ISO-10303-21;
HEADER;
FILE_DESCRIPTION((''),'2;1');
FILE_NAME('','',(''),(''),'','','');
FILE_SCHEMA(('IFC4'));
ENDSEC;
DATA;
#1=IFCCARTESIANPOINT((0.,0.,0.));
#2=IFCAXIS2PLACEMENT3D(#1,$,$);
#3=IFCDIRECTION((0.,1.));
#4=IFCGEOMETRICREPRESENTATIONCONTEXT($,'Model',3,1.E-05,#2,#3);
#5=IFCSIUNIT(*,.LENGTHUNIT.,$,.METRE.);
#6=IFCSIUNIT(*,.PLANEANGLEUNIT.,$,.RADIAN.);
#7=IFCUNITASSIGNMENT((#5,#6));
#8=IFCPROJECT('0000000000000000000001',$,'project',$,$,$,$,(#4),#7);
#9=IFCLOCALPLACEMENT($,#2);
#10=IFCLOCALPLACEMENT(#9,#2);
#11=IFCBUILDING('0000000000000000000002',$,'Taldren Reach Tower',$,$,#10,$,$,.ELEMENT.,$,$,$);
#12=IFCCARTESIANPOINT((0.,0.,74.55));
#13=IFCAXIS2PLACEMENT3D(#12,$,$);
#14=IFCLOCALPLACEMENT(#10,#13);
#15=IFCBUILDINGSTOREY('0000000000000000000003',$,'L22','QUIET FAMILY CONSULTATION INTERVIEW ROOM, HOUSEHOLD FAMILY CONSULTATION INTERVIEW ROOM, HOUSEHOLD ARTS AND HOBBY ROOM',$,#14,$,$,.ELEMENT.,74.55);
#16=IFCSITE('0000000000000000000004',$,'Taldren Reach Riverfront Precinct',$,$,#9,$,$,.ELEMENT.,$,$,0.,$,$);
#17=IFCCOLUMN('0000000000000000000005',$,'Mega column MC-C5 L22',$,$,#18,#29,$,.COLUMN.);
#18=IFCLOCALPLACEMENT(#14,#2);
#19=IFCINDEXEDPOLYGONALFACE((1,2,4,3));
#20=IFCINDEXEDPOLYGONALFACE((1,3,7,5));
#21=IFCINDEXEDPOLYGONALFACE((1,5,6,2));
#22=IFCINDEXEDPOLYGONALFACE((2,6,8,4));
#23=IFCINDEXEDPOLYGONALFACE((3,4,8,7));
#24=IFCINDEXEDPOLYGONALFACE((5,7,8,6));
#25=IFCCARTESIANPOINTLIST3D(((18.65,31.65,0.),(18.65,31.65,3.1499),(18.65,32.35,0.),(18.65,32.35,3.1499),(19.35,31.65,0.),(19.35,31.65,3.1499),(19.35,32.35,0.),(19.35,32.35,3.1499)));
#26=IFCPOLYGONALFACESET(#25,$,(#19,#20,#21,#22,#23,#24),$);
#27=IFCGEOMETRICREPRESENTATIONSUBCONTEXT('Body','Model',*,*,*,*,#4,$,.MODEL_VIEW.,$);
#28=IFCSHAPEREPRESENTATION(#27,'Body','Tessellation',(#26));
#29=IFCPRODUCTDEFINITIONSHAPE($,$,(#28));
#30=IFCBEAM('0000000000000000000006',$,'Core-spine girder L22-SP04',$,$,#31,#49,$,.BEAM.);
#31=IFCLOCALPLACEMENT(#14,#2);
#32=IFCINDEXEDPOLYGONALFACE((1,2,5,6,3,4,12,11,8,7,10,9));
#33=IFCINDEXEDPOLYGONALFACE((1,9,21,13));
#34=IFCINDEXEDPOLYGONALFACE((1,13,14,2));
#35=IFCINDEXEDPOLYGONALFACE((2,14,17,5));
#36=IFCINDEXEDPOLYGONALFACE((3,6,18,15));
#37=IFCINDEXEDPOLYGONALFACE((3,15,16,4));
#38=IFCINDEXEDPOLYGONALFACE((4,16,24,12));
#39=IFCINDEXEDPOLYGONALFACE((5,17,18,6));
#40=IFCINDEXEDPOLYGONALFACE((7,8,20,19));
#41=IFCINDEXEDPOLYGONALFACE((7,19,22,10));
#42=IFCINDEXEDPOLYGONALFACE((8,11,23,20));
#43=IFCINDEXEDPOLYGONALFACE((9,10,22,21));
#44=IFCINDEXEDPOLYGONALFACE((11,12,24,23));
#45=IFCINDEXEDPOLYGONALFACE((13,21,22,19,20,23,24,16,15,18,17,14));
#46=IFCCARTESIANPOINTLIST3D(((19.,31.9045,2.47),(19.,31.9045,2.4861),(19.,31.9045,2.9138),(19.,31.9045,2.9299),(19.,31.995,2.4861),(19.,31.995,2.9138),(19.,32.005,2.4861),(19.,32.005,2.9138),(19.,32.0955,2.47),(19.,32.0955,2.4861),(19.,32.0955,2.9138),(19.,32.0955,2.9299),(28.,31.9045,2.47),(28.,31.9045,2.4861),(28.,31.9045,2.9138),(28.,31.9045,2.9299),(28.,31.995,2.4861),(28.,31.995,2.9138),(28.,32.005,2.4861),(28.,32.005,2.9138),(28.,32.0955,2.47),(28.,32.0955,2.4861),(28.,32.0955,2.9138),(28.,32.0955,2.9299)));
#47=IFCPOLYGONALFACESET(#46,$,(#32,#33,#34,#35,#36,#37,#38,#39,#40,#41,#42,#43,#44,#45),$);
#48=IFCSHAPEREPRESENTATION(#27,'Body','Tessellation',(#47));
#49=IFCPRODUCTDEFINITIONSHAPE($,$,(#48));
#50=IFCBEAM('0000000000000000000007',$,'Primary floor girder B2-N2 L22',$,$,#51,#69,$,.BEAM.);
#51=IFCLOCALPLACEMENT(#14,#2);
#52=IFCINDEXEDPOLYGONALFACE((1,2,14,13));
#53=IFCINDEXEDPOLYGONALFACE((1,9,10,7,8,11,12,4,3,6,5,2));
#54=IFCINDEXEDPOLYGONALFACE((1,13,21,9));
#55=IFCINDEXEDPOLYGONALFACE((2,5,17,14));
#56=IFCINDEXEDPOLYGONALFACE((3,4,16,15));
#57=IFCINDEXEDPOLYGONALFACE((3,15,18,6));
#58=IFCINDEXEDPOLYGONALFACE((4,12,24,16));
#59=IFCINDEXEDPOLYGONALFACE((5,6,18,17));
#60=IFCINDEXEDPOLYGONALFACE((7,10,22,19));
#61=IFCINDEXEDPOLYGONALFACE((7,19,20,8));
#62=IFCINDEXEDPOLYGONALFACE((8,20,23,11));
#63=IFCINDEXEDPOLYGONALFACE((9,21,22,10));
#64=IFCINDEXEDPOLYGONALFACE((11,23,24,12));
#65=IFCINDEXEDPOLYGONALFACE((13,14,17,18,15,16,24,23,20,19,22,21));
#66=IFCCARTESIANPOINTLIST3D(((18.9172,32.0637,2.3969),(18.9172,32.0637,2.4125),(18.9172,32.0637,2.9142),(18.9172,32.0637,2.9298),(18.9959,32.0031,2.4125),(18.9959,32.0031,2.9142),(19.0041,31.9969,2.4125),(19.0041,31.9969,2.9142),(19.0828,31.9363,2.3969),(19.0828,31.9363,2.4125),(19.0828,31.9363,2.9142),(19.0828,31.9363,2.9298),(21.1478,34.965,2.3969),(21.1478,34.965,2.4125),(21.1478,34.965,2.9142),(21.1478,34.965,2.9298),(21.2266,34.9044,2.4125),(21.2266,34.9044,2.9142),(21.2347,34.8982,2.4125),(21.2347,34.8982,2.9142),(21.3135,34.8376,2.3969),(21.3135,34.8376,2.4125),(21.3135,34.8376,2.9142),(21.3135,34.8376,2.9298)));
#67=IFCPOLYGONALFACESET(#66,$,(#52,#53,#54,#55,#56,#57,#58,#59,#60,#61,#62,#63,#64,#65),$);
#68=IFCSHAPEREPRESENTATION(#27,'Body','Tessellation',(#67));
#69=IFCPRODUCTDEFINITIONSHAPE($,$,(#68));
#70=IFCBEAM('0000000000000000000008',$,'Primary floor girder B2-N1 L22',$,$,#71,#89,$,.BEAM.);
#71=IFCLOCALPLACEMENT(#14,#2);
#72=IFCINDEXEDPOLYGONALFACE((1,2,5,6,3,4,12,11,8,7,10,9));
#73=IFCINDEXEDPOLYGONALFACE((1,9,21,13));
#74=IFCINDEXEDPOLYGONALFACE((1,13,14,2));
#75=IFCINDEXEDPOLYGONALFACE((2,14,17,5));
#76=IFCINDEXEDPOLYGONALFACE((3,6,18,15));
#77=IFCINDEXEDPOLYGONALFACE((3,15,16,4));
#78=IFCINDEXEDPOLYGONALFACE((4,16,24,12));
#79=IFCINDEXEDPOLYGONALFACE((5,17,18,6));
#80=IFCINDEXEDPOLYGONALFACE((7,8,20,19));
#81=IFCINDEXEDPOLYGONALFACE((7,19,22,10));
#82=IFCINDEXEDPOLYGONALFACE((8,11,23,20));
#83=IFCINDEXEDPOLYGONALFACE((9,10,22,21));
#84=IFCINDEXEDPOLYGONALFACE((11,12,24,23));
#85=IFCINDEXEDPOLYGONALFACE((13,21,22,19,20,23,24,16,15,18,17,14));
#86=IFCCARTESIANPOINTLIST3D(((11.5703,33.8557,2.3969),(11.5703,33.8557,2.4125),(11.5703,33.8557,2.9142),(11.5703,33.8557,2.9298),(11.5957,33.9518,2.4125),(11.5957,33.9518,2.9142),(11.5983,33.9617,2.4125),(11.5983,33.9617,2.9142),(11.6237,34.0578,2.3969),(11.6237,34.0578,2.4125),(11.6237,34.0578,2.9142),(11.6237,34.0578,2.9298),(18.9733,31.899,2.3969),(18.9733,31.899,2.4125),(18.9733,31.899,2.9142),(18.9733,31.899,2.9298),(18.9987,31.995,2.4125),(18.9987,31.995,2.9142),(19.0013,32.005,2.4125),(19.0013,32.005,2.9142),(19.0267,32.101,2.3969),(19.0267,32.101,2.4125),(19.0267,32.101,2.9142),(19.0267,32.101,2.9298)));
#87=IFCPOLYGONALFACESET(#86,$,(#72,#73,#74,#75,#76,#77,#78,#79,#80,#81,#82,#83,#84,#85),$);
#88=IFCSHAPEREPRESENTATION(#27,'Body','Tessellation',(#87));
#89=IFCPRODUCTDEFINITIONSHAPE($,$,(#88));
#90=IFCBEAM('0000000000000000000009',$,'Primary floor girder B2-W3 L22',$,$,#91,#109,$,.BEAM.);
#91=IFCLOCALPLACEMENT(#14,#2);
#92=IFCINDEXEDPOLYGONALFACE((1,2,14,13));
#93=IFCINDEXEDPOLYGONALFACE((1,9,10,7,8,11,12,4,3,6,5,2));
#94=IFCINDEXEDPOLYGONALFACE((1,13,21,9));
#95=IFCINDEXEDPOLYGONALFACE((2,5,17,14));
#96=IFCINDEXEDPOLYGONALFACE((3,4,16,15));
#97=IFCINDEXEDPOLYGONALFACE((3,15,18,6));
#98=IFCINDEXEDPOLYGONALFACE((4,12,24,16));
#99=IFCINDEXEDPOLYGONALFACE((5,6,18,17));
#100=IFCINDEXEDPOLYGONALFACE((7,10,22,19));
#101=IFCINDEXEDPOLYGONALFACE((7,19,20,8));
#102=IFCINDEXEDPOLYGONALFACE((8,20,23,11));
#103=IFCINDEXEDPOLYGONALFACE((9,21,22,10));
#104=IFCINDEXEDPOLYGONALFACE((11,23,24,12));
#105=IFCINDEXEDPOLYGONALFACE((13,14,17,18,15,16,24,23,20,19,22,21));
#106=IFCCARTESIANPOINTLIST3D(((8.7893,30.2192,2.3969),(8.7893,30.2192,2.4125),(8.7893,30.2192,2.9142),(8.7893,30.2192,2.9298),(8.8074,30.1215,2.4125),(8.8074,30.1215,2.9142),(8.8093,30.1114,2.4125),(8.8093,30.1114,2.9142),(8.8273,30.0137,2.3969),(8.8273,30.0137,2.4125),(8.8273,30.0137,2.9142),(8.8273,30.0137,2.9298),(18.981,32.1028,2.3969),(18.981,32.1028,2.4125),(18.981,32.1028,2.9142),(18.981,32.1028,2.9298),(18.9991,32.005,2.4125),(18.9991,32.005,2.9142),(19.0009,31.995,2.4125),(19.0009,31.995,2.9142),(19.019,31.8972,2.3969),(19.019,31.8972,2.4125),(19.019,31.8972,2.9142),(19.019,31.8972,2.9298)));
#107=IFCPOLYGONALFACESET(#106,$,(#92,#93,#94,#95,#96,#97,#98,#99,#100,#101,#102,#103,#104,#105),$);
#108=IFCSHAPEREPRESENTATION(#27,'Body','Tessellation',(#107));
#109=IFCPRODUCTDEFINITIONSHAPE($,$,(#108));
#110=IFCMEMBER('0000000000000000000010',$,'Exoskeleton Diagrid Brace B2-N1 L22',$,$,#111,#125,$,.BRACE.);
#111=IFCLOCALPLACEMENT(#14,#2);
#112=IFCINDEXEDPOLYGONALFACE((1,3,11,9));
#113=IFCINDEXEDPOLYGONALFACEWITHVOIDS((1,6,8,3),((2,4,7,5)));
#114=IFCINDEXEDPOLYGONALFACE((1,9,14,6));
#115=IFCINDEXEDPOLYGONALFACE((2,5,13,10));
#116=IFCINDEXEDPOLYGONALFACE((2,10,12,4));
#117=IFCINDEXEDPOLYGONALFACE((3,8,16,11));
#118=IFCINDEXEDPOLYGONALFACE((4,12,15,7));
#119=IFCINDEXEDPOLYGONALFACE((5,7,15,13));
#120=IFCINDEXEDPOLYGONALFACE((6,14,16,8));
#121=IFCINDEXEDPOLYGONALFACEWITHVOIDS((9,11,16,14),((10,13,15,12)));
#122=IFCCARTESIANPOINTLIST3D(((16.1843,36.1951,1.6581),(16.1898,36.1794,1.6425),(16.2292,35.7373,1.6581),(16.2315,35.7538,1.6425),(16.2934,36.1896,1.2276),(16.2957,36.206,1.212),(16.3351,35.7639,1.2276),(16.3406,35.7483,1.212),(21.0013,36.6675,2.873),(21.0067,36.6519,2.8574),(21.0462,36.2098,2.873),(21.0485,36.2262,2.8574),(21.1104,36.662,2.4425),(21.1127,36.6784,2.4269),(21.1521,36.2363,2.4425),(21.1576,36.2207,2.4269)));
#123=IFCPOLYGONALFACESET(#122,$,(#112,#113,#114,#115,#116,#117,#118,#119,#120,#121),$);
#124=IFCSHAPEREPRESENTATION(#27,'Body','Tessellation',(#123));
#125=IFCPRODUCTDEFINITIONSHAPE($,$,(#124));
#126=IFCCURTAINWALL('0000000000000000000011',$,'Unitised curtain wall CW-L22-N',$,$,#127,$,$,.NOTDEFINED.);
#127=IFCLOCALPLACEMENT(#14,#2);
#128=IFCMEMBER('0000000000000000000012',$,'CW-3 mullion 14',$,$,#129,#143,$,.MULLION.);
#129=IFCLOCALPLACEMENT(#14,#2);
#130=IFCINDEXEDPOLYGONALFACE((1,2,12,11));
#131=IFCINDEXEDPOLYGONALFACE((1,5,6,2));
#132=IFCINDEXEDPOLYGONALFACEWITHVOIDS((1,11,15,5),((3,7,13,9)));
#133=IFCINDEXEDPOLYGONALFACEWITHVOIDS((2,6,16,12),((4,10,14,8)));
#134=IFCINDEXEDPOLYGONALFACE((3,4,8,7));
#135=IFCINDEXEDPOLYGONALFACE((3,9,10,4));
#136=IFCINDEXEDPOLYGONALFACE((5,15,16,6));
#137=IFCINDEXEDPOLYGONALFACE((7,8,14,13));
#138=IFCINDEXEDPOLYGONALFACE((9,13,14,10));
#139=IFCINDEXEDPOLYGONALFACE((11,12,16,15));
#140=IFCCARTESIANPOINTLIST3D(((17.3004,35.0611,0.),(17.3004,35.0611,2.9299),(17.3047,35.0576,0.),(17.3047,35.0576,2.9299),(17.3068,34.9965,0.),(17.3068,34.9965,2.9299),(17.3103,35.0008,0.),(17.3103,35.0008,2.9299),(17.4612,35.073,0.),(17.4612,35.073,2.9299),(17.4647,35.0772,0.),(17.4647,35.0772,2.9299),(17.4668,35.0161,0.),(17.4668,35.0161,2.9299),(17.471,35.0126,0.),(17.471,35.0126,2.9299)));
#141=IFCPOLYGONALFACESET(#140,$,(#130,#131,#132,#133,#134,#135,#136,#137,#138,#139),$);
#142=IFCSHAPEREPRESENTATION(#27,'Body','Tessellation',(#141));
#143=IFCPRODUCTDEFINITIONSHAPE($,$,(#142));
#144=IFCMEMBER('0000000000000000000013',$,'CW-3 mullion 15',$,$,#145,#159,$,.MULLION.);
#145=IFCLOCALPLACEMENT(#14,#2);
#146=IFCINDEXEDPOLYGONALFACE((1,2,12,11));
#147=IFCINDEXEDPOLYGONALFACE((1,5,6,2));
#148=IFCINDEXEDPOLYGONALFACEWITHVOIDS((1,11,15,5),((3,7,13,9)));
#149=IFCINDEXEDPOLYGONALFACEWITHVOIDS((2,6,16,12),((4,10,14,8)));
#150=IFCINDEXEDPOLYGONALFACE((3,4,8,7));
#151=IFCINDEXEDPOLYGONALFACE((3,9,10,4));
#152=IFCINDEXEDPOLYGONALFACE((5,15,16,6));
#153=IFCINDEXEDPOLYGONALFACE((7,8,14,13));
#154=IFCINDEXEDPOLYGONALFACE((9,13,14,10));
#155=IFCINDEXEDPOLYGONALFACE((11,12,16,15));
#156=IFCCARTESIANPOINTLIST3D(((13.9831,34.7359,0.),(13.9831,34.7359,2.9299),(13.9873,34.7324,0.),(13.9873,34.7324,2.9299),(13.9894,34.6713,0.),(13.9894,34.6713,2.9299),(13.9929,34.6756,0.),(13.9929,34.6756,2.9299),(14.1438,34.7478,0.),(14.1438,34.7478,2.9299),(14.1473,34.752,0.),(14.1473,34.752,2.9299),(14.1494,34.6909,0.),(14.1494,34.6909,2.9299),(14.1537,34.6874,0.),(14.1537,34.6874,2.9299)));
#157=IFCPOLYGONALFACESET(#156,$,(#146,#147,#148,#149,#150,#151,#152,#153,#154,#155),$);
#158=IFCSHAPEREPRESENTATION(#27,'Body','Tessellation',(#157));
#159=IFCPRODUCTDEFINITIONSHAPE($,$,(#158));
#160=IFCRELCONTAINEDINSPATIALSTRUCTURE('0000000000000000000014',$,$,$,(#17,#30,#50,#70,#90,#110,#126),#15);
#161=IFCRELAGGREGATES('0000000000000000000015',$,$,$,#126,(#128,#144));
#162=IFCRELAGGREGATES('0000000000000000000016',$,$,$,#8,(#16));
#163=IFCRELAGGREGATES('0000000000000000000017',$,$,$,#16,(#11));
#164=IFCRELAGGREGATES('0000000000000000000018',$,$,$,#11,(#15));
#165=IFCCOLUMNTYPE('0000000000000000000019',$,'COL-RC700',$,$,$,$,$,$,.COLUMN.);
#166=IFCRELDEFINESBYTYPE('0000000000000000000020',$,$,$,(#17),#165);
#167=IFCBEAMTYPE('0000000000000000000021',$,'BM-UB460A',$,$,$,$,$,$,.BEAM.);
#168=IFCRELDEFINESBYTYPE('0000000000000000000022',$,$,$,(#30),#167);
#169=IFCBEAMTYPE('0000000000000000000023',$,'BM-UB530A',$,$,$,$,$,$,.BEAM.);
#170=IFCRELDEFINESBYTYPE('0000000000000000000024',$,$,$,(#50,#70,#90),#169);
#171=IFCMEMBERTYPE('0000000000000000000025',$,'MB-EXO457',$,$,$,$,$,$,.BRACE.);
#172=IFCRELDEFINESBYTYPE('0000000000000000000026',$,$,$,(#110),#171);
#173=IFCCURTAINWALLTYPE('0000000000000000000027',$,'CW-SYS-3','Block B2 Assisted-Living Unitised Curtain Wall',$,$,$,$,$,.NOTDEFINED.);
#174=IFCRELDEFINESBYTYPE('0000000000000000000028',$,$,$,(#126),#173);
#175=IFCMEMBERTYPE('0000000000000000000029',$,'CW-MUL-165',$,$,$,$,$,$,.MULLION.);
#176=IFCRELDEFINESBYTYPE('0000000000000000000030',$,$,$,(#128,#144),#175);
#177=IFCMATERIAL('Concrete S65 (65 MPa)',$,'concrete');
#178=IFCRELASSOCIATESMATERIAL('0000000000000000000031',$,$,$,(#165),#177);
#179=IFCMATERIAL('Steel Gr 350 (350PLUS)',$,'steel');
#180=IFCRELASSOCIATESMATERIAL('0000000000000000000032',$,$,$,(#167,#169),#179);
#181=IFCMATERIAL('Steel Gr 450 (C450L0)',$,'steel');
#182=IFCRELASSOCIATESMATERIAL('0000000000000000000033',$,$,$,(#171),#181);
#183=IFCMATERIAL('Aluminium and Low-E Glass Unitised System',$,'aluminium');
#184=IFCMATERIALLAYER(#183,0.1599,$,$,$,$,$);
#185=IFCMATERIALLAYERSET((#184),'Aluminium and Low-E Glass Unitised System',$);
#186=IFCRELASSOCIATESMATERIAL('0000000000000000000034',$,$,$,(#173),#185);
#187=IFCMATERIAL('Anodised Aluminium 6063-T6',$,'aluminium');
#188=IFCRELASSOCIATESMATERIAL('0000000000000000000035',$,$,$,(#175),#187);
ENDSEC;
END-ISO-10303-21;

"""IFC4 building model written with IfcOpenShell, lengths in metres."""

from ifc_helpers import new_model, si_unit, direction, frame, origin, origin_2d, place, context, subcontext, project, spatial, rectangle, hollow_rectangle, i_section, extrude, source, transform, mapped, material, layer, layer_set, material_profile, profile_set, type_object, element, aggregate, save


model = new_model("IFC4")

# Units and contexts
model_context = context("Model", 3, precision=1e-05, world=origin(), true_north=direction((0.0, 1.0)))
body_context = subcontext(model_context, "Body", "Model", "MODEL_VIEW")
ifc_project = project(units=[si_unit("LENGTHUNIT", "METRE"), si_unit("PLANEANGLEUNIT", "RADIAN")], contexts=[model_context])

# Site, building, storey
site_placement = place(None, origin())
site = spatial("IfcSite", under=ifc_project, at=site_placement, Name="Taldren Reach Riverfront Precinct", CompositionType="ELEMENT", RefElevation=0.0)
building_placement = place(site_placement, origin())
building = spatial("IfcBuilding", under=site, at=building_placement, Name="Taldren Reach Tower", CompositionType="ELEMENT")
storey_placement = place(building_placement, frame((0.0, 0.0, 74.55)))
storey = spatial("IfcBuildingStorey", under=building, at=storey_placement, Name="L22", Description="QUIET FAMILY CONSULTATION INTERVIEW ROOM, HOUSEHOLD FAMILY CONSULTATION INTERVIEW ROOM, HOUSEHOLD ARTS AND HOBBY ROOM", CompositionType="ELEMENT", Elevation=74.55)

# Column
ifc_material_1 = material(Name="Concrete S65 (65 MPa)", Category="concrete")
ifc_material_profile_1 = material_profile(ifc_material_1, rectangle(XDim=0.7, YDim=0.7, at=origin_2d()), Name="RC-700x700")
ifc_profile_set_1 = profile_set([ifc_material_profile_1], Name="Concrete S65 (65 MPa)")
column_type = type_object("IfcColumnType", Name="COL-RC700", PredefinedType="COLUMN", material=ifc_profile_set_1)
shared_shape_1 = source(origin(), body_context, "Body", "SweptSolid", [
    extrude(rectangle(XDim=0.7, YDim=0.7, at=origin_2d()), origin(), (0.0, 0.0, 1.0), 3.1499),
])
column_placement = place(storey_placement, frame((19.0, 32.0, 0.0), z_axis=(0.0, 0.0, 1.0), x_axis=(1.0, 0.0, 0.0)))
element("IfcColumn", 1, at=column_placement, inside=storey, type_object=column_type, Name="Mega column MC-C5 L22", PredefinedType="COLUMN", context=body_context, shape_type="MappedRepresentation", body=[
    mapped(shared_shape_1, transform((0.0, 0.0, 0.0), scale=1.0)),
])

# Beams
ifc_material_2 = material(Name="Steel Gr 350 (350PLUS)", Category="steel")
ifc_material_profile_2 = material_profile(ifc_material_2, i_section(OverallWidth=0.1909, OverallDepth=0.46, WebThickness=0.01, FlangeThickness=0.0161, at=origin_2d()), Name="460UB82.1")
ifc_profile_set_2 = profile_set([ifc_material_profile_2], Name="Steel Gr 350 (350PLUS)")
beam_type_1 = type_object("IfcBeamType", Name="BM-UB460A", PredefinedType="BEAM", material=ifc_profile_set_2)
shared_shape_2 = source(origin(), body_context, "Body", "SweptSolid", [
    extrude(i_section(OverallWidth=0.1909, OverallDepth=0.46, WebThickness=0.01, FlangeThickness=0.0161, at=origin_2d()), origin(), (0.0, 0.0, 1.0), 9.0),
])
beam_1_placement = place(storey_placement, frame((19.0, 32.0, 2.7), z_axis=(1.0, 0.0, 0.0), x_axis=(0.0, 1.0, 0.0)))
element("IfcBeam", 2, at=beam_1_placement, inside=storey, type_object=beam_type_1, Name="Core-spine girder L22-SP04", PredefinedType="BEAM", context=body_context, shape_type="MappedRepresentation", body=[
    mapped(shared_shape_2, transform((0.0, 0.0, 0.0), scale=1.0)),
])
ifc_material_profile_3 = material_profile(ifc_material_2, i_section(OverallWidth=0.209, OverallDepth=0.533, WebThickness=0.0103, FlangeThickness=0.0156, at=origin_2d()), Name="530UB92.4")
ifc_profile_set_3 = profile_set([ifc_material_profile_3], Name="Steel Gr 350 (350PLUS)")
beam_type_2 = type_object("IfcBeamType", Name="BM-UB530A", PredefinedType="BEAM", material=ifc_profile_set_3)
shared_shape_3 = source(origin(), body_context, "Body", "SweptSolid", [
    extrude(i_section(OverallWidth=0.209, OverallDepth=0.533, WebThickness=0.0103, FlangeThickness=0.0156, at=origin_2d()), origin(), (0.0, 0.0, 1.0), 3.6597),
])
beam_2_placement = place(storey_placement, frame((19.0, 32.0, 2.6633), z_axis=(0.609521, 0.79277, 0.0), x_axis=(-0.79277, 0.609521, 0.0)))
element("IfcBeam", 3, at=beam_2_placement, inside=storey, type_object=beam_type_2, Name="Primary floor girder B2-N2 L22", PredefinedType="BEAM", context=body_context, shape_type="MappedRepresentation", body=[
    mapped(shared_shape_3, transform((0.0, 0.0, 0.0), scale=1.0)),
])
shared_shape_4 = source(origin(), body_context, "Body", "SweptSolid", [
    extrude(i_section(OverallWidth=0.209, OverallDepth=0.533, WebThickness=0.0103, FlangeThickness=0.0156, at=origin_2d()), origin(), (0.0, 0.0, 1.0), 7.6572),
])
beam_3_placement = place(storey_placement, frame((19.0, 32.0, 2.6633), z_axis=(-0.966797, 0.255545, 0.0), x_axis=(-0.255545, -0.966797, 0.0)))
element("IfcBeam", 4, at=beam_3_placement, inside=storey, type_object=beam_type_2, Name="Primary floor girder B2-N1 L22", PredefinedType="BEAM", context=body_context, shape_type="MappedRepresentation", body=[
    mapped(shared_shape_4, transform((0.0, 0.0, 0.0), scale=1.0)),
])
shared_shape_5 = source(origin(), body_context, "Body", "SweptSolid", [
    extrude(i_section(OverallWidth=0.209, OverallDepth=0.533, WebThickness=0.0103, FlangeThickness=0.0156, at=origin_2d()), origin(), (0.0, 0.0, 1.0), 10.3643),
])
beam_4_placement = place(storey_placement, frame((19.0, 32.0, 2.6633), z_axis=(-0.983348, -0.181735, 0.0), x_axis=(0.181735, -0.983348, 0.0)))
element("IfcBeam", 5, at=beam_4_placement, inside=storey, type_object=beam_type_2, Name="Primary floor girder B2-W3 L22", PredefinedType="BEAM", context=body_context, shape_type="MappedRepresentation", body=[
    mapped(shared_shape_5, transform((0.0, 0.0, 0.0), scale=1.0)),
])

# Member
ifc_material_3 = material(Name="Steel Gr 450 (C450L0)", Category="steel")
ifc_material_profile_4 = material_profile(ifc_material_3, hollow_rectangle(XDim=0.46, YDim=0.46, WallThickness=0.0161, at=origin_2d()), Name="460x460x16.0SHS")
ifc_profile_set_4 = profile_set([ifc_material_profile_4], Name="Steel Gr 450 (C450L0)")
member_type_1 = type_object("IfcMemberType", Name="MB-EXO457", PredefinedType="BRACE", material=ifc_profile_set_4)
shared_shape_6 = source(origin(), body_context, "Body", "SweptSolid", [
    extrude(hollow_rectangle(XDim=0.46, YDim=0.46, WallThickness=0.0161, at=origin_2d()), origin(), (0.0, 0.0, 1.0), 4.9902),
])
member_1_placement = place(storey_placement, frame((16.2625, 35.9717, 1.4351), z_axis=(0.965283, 0.094669, 0.243449), x_axis=(-0.097606, 0.995225, 0.0)))
element("IfcMember", 6, at=member_1_placement, inside=storey, type_object=member_type_1, Name="Exoskeleton Diagrid Brace B2-N1 L22", PredefinedType="BRACE", context=body_context, shape_type="MappedRepresentation", body=[
    mapped(shared_shape_6, transform((0.0, 0.0, 0.0), scale=1.0)),
])

# Curtain wall, members
ifc_material_4 = material(Name="Aluminium and Low-E Glass Unitised System", Category="aluminium")
ifc_layer_1 = layer(ifc_material_4, 0.1599)
ifc_layer_set_1 = layer_set([ifc_layer_1], Name="Aluminium and Low-E Glass Unitised System")
curtain_wall_type = type_object("IfcCurtainWallType", Name="CW-SYS-3", Description="Block B2 Assisted-Living Unitised Curtain Wall", PredefinedType="NOTDEFINED", material=ifc_layer_set_1)
curtain_wall_placement = place(storey_placement, origin())
curtain_wall = element("IfcCurtainWall", 7, at=curtain_wall_placement, inside=storey, type_object=curtain_wall_type, Name="Unitised curtain wall CW-L22-N", PredefinedType="NOTDEFINED")
ifc_material_5 = material(Name="Anodised Aluminium 6063-T6", Category="aluminium")
ifc_material_profile_5 = material_profile(ifc_material_5, hollow_rectangle(XDim=0.0649, YDim=0.165, WallThickness=0.0039, at=origin_2d()), Name="ALU-165x65x4RHS")
ifc_profile_set_5 = profile_set([ifc_material_profile_5], Name="Anodised Aluminium 6063-T6")
member_type_2 = type_object("IfcMemberType", Name="CW-MUL-165", PredefinedType="MULLION", material=ifc_profile_set_5)
shared_shape_7 = source(origin(), body_context, "Body", "SweptSolid", [
    extrude(hollow_rectangle(XDim=0.0649, YDim=0.165, WallThickness=0.0039, at=origin_2d()), origin(), (0.0, 0.0, 1.0), 2.9299),
])
member_2_placement = place(storey_placement, frame((17.3857, 35.0369, 0.0), z_axis=(0.0, 0.0, 1.0), x_axis=(0.097583, -0.995227, 0.0)))
member_2 = element("IfcMember", 8, at=member_2_placement, type_object=member_type_2, Name="CW-3 mullion 14", PredefinedType="MULLION", context=body_context, shape_type="MappedRepresentation", body=[
    mapped(shared_shape_7, transform((0.0, 0.0, 0.0), scale=1.0)),
])
member_3_placement = place(storey_placement, frame((14.0684, 34.7117, 0.0), z_axis=(0.0, 0.0, 1.0), x_axis=(0.097583, -0.995227, 0.0)))
member_3 = element("IfcMember", 9, at=member_3_placement, type_object=member_type_2, Name="CW-3 mullion 15", PredefinedType="MULLION", context=body_context, shape_type="MappedRepresentation", body=[
    mapped(shared_shape_7, transform((0.0, 0.0, 0.0), scale=1.0)),
])

aggregate(curtain_wall, [member_2, member_3])

save(model, "model.ifc")
